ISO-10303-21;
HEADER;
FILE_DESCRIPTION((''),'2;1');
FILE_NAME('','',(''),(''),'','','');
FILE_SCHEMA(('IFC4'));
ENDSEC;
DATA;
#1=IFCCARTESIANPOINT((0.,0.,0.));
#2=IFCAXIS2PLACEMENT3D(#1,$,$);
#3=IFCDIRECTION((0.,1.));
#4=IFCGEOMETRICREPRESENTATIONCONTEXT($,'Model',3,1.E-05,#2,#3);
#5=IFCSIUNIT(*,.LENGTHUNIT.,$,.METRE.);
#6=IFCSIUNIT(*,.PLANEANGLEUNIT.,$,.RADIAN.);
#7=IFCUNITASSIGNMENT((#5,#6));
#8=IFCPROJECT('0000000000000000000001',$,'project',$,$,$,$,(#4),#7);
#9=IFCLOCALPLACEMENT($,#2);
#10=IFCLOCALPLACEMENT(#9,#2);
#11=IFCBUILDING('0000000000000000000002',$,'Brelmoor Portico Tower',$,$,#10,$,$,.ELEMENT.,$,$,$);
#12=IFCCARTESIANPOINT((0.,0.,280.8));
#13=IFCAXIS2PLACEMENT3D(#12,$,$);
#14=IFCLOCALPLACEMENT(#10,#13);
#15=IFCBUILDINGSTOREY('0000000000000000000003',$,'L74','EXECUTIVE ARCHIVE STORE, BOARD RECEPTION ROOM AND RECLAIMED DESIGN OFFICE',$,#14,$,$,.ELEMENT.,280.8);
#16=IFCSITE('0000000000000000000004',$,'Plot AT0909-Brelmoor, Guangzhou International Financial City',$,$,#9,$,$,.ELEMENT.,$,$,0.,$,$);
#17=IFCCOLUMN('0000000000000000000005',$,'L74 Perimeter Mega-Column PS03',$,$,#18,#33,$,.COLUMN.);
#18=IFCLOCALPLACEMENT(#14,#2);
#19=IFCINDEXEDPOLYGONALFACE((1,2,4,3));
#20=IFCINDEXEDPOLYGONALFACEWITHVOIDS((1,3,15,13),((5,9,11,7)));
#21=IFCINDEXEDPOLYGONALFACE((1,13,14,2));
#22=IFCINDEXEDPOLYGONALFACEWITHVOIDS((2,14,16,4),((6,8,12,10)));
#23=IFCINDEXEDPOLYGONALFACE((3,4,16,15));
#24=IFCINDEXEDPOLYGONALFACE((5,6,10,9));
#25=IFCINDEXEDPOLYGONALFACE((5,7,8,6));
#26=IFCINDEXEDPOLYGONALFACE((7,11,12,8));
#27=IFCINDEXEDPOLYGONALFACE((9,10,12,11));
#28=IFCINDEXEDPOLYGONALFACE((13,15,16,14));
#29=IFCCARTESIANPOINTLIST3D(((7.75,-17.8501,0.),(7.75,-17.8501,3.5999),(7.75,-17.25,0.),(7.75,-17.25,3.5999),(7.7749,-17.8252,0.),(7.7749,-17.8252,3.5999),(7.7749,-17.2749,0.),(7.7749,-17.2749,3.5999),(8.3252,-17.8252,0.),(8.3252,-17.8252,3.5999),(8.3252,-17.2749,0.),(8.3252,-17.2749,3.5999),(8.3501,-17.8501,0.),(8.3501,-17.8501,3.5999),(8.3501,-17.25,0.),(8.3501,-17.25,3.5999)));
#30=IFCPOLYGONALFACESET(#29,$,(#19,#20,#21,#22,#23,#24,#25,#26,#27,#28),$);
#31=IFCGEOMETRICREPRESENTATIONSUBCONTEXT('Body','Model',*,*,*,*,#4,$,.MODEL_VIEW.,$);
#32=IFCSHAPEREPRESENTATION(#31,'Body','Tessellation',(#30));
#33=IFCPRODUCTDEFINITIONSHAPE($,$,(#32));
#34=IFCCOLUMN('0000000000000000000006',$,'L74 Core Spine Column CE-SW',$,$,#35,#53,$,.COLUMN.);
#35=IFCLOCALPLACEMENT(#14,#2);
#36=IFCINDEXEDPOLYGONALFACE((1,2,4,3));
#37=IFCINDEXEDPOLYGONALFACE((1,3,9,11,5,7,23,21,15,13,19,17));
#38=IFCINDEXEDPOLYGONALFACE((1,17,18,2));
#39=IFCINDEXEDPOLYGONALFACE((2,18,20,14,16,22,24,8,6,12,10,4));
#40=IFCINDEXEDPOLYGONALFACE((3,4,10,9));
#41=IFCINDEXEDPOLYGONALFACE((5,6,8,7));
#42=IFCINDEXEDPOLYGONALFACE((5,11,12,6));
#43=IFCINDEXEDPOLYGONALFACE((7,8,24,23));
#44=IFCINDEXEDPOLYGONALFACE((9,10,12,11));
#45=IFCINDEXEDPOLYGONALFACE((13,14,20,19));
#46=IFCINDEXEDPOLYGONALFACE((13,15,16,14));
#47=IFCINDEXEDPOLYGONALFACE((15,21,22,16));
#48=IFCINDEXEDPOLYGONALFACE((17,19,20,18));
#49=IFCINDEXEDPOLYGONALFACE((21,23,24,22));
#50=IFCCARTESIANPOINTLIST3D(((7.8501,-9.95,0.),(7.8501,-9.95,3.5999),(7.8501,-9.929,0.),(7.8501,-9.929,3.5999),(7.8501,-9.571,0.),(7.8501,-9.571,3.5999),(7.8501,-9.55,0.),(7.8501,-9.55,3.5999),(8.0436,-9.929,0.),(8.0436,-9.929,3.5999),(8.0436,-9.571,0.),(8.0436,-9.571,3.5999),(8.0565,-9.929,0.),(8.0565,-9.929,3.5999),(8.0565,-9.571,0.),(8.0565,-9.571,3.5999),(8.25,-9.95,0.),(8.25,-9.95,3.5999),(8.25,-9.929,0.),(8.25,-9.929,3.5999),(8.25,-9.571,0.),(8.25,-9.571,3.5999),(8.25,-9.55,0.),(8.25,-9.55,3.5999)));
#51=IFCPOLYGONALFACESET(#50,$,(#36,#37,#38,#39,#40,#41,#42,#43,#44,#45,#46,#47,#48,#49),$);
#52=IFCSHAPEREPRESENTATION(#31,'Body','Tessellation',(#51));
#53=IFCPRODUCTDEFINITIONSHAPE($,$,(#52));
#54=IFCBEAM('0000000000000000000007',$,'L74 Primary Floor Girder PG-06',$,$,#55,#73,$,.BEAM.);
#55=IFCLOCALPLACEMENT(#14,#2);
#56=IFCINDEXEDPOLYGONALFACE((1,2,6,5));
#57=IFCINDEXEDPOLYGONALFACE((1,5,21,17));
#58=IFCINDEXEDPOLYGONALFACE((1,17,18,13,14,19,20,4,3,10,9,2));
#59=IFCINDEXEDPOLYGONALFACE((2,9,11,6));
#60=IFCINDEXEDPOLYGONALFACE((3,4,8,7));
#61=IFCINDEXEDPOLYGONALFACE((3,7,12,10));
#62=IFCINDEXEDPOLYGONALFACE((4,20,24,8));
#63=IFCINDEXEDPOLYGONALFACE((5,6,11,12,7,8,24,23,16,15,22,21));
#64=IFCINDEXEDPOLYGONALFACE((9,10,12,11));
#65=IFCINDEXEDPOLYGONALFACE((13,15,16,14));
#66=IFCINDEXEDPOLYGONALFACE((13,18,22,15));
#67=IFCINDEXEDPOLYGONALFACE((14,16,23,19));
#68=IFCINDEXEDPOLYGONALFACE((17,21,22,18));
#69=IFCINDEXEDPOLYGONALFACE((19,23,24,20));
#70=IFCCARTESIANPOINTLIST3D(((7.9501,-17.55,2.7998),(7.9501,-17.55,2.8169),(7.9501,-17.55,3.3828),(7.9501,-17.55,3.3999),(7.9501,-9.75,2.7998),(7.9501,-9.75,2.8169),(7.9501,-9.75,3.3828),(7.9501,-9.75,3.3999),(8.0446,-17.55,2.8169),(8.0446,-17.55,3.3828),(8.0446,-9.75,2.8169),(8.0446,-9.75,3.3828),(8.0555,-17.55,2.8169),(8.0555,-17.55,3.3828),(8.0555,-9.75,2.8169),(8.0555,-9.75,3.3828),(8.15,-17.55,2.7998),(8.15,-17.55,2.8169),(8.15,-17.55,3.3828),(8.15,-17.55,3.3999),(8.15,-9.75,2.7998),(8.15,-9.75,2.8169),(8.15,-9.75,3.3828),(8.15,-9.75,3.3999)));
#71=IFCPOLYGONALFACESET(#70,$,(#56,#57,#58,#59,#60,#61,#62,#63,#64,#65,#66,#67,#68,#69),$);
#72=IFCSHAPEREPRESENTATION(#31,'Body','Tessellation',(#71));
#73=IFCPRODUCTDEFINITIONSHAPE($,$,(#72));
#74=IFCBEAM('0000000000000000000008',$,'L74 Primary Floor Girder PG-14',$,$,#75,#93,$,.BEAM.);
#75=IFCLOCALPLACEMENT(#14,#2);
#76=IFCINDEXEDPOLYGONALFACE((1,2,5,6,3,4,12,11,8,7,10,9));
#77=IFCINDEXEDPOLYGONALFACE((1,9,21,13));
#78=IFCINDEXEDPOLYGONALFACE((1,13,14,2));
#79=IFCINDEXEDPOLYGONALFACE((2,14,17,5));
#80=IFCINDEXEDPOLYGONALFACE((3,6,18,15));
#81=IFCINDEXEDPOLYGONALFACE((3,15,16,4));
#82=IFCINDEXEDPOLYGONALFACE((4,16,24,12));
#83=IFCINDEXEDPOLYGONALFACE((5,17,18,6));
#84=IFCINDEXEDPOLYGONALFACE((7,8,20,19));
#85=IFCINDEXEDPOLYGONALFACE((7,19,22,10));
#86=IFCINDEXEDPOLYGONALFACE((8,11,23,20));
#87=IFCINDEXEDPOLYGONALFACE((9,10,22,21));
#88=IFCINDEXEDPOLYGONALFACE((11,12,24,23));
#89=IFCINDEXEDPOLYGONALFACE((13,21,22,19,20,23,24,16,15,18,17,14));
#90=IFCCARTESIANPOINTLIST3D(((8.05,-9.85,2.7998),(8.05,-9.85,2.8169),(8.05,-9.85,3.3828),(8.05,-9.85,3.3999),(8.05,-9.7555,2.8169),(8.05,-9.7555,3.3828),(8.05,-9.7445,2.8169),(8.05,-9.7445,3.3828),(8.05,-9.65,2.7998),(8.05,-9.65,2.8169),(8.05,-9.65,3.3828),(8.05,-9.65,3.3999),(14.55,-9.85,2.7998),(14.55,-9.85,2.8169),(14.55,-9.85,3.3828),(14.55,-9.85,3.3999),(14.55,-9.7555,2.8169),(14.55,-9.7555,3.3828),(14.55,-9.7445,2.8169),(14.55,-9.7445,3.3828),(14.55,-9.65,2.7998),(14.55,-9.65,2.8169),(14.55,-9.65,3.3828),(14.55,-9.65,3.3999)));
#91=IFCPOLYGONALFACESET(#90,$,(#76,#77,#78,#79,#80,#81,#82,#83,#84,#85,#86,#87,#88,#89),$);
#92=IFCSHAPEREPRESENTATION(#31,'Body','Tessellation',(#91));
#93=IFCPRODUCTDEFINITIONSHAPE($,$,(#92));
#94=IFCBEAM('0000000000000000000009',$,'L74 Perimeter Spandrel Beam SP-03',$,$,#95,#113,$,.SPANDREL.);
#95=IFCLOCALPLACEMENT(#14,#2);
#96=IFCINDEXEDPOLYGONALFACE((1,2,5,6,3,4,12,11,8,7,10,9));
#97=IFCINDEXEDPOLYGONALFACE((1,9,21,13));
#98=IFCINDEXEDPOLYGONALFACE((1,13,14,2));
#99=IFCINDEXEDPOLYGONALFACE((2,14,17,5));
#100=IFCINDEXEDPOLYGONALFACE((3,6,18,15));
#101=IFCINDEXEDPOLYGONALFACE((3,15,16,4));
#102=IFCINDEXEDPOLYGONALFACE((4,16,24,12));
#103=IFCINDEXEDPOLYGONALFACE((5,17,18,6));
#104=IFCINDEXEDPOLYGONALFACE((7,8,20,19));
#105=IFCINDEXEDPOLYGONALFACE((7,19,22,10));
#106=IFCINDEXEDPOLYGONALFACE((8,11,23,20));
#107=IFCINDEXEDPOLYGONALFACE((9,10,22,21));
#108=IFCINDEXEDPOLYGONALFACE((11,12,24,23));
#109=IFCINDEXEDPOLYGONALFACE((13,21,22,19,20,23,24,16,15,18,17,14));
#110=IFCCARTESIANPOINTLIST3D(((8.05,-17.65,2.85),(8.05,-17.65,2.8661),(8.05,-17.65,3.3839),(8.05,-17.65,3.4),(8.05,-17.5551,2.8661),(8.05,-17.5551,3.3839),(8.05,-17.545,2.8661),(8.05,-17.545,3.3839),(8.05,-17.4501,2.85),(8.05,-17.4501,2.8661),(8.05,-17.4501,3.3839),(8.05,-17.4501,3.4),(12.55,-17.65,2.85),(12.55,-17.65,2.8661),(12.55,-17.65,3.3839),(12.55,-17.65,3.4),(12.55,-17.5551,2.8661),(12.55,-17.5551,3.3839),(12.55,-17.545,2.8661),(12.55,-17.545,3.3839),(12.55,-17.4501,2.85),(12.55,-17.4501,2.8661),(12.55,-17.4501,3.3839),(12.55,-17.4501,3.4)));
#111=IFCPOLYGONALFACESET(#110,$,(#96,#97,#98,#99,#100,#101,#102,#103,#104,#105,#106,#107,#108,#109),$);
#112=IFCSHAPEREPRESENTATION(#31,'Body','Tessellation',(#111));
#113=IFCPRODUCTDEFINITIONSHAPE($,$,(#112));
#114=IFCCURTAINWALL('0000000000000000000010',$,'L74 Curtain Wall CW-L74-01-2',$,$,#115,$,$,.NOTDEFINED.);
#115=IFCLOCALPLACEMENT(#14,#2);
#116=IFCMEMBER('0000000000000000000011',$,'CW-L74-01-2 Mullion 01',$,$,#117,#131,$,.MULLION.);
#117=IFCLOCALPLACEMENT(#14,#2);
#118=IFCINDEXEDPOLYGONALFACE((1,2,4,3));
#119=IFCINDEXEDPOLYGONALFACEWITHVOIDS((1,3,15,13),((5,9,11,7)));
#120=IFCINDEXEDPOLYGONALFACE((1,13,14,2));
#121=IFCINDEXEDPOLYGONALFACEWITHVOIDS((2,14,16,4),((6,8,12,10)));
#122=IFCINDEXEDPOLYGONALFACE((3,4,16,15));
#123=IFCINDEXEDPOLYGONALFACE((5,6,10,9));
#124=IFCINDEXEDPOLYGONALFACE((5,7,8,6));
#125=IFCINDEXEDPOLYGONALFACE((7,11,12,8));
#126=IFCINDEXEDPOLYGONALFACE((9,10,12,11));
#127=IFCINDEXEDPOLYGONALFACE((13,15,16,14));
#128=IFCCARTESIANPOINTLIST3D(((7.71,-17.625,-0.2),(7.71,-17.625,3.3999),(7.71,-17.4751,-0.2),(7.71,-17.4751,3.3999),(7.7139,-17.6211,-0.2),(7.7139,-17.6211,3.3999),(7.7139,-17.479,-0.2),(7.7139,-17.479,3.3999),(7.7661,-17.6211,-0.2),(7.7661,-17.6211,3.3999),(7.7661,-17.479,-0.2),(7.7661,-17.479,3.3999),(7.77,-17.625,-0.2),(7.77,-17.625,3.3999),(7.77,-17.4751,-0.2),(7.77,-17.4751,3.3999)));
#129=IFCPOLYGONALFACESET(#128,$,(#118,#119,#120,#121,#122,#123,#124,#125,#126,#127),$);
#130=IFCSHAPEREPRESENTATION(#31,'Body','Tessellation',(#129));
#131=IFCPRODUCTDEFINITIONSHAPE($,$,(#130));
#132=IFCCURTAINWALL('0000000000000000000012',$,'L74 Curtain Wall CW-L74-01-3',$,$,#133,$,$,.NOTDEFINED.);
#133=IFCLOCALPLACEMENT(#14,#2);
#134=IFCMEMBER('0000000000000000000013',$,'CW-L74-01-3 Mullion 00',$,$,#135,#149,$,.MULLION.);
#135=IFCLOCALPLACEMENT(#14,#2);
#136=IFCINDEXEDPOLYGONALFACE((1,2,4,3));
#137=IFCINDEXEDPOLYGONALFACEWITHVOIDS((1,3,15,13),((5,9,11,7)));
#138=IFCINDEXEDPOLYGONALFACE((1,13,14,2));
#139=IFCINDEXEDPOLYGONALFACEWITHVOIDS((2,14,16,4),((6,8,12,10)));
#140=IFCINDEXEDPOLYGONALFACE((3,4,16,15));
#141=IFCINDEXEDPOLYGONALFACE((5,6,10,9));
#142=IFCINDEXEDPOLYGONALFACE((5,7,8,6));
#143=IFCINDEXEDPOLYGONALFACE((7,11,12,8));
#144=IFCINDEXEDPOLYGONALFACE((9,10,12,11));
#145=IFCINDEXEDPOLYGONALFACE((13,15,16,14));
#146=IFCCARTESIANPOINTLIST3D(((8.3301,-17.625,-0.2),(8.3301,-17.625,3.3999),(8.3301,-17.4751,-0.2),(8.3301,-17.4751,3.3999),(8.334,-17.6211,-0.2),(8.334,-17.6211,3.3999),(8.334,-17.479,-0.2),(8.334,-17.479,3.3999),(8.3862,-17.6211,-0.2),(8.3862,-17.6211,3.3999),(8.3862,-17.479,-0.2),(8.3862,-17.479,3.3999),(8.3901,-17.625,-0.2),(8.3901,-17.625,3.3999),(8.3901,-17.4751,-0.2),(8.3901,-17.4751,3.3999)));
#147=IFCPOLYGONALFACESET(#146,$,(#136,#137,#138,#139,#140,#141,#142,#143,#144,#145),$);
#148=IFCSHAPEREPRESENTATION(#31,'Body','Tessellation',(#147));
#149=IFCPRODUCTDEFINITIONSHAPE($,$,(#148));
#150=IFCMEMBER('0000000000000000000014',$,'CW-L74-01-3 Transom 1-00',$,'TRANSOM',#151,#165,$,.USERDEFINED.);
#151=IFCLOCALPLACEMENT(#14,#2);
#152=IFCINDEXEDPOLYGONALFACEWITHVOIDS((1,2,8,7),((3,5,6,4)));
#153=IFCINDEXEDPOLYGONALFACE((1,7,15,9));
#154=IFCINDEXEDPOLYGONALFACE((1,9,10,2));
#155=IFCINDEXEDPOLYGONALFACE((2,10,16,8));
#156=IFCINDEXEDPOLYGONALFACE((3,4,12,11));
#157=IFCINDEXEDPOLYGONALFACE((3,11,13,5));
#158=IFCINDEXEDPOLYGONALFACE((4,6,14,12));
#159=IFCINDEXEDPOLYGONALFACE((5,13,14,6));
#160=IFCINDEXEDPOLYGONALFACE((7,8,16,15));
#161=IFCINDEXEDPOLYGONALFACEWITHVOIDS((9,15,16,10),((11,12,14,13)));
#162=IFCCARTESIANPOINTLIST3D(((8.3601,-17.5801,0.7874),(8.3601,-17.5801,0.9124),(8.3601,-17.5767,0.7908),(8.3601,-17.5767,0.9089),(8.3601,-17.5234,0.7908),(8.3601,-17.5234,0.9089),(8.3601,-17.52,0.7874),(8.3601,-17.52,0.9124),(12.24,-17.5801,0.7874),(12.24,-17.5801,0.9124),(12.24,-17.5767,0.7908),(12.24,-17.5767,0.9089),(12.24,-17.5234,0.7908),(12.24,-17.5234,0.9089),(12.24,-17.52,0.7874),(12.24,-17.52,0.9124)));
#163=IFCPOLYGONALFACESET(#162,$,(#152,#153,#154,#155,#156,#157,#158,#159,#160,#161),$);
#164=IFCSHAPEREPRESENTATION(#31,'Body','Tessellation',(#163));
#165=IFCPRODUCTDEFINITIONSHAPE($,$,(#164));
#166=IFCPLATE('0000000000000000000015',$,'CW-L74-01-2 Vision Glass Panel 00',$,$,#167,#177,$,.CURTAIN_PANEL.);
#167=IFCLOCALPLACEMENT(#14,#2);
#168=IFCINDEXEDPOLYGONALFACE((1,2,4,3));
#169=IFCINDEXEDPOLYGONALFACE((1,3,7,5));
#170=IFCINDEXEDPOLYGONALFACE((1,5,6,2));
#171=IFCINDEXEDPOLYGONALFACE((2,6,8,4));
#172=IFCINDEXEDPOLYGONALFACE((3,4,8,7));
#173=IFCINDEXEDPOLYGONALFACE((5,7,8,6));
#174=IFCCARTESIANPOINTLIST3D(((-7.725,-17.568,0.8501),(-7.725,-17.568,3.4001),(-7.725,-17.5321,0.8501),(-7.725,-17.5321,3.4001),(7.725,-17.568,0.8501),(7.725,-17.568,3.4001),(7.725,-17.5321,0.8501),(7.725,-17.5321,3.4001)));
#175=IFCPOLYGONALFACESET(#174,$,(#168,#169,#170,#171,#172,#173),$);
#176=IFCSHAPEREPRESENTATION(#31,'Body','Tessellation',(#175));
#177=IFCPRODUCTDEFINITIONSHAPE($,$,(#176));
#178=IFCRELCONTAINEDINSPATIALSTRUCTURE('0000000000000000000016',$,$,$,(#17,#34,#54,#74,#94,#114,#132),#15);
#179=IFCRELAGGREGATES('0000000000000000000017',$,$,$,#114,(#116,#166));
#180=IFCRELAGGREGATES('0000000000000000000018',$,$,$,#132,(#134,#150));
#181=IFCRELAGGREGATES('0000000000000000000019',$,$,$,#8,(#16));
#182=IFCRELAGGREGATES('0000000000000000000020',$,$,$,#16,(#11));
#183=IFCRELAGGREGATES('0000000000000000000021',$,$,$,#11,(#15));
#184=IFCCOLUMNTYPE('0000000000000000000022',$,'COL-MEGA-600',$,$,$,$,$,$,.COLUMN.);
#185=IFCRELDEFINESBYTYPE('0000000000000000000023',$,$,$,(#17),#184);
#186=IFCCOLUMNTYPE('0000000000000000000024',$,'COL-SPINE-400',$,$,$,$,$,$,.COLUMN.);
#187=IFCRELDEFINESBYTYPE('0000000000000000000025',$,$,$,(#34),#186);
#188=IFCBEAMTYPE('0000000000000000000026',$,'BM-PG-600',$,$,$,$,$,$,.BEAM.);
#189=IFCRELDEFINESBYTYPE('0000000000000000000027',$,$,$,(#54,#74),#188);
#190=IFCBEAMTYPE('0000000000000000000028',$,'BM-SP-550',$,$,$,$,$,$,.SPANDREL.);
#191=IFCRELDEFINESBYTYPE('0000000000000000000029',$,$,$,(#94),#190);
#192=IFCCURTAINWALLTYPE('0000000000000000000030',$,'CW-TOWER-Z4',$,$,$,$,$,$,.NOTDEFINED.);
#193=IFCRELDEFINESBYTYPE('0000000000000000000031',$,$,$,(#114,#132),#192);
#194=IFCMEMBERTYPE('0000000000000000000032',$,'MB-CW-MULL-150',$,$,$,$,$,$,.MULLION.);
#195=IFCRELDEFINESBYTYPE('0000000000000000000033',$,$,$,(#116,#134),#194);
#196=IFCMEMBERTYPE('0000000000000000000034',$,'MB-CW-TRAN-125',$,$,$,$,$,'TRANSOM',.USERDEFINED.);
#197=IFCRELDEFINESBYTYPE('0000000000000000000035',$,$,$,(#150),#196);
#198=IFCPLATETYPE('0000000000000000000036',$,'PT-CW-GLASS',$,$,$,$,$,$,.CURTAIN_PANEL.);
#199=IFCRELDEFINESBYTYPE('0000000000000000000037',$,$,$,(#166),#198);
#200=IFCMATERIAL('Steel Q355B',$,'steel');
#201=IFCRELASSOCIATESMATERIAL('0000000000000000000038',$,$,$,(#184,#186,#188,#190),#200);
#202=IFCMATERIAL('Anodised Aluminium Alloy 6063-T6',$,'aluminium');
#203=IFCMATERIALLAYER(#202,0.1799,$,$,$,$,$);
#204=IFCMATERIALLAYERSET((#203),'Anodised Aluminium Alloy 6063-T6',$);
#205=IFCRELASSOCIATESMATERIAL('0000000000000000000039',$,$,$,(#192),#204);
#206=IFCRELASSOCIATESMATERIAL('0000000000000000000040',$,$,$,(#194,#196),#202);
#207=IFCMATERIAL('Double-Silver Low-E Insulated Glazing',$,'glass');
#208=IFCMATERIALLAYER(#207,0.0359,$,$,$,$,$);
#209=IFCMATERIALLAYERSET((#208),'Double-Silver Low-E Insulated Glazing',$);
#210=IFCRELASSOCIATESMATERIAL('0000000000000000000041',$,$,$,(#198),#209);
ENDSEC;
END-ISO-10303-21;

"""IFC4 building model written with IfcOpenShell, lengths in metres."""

from ifc_helpers import new_model, si_unit, direction, frame, origin, origin_2d, place, context, subcontext, project, spatial, rectangle, hollow_rectangle, i_section, extrude, material, layer, layer_set, material_profile, profile_set, type_object, element, aggregate, save


model = new_model("IFC4")

# Units and contexts
model_context = context("Model", 3, precision=1e-05, world=origin(), true_north=direction((0.0, 1.0)))
body_context = subcontext(model_context, "Body", "Model", "MODEL_VIEW")
ifc_project = project(units=[si_unit("LENGTHUNIT", "METRE"), si_unit("PLANEANGLEUNIT", "RADIAN")], contexts=[model_context])

# Site, building, storey
site_placement = place(None, origin())
site = spatial("IfcSite", under=ifc_project, at=site_placement, Name="Plot AT0909-Brelmoor, Guangzhou International Financial City", CompositionType="ELEMENT", RefElevation=0.0)
building_placement = place(site_placement, origin())
building = spatial("IfcBuilding", under=site, at=building_placement, Name="Brelmoor Portico Tower", CompositionType="ELEMENT")
storey_placement = place(building_placement, frame((0.0, 0.0, 280.8)))
storey = spatial("IfcBuildingStorey", under=building, at=storey_placement, Name="L74", Description="EXECUTIVE ARCHIVE STORE, BOARD RECEPTION ROOM AND RECLAIMED DESIGN OFFICE", CompositionType="ELEMENT", Elevation=280.8)

# Columns
ifc_material_1 = material(Name="Steel Q355B", Category="steel")
ifc_material_profile_1 = material_profile(ifc_material_1, hollow_rectangle(XDim=0.6001, YDim=0.6001, WallThickness=0.0249, at=origin_2d()), Name="BOX 600x600x25")
ifc_profile_set_1 = profile_set([ifc_material_profile_1], Name="Steel Q355B")
column_type_1 = type_object("IfcColumnType", Name="COL-MEGA-600", PredefinedType="COLUMN", material=ifc_profile_set_1)
column_1_placement = place(storey_placement, frame((8.05, -17.55, 0.0), z_axis=(0.0, 0.0, 1.0), x_axis=(1.0, 0.0, 0.0)))
element("IfcColumn", 1, at=column_1_placement, inside=storey, type_object=column_type_1, Name="L74 Perimeter Mega-Column PS03", PredefinedType="COLUMN", context=body_context, shape_type="SweptSolid", body=[
    extrude(hollow_rectangle(XDim=0.6001, YDim=0.6001, WallThickness=0.0249, at=origin_2d()), origin(), (0.0, 0.0, 1.0), 3.5999),
])
ifc_material_profile_2 = material_profile(ifc_material_1, i_section(OverallWidth=0.3999, OverallDepth=0.3999, WebThickness=0.0129, FlangeThickness=0.021, at=origin_2d()), Name="HW 400x400x13x21")
ifc_profile_set_2 = profile_set([ifc_material_profile_2], Name="Steel Q355B")
column_type_2 = type_object("IfcColumnType", Name="COL-SPINE-400", PredefinedType="COLUMN", material=ifc_profile_set_2)
column_2_placement = place(storey_placement, frame((8.05, -9.75, 0.0), z_axis=(0.0, 0.0, 1.0), x_axis=(1.0, 0.0, 0.0)))
element("IfcColumn", 2, at=column_2_placement, inside=storey, type_object=column_type_2, Name="L74 Core Spine Column CE-SW", PredefinedType="COLUMN", context=body_context, shape_type="SweptSolid", body=[
    extrude(i_section(OverallWidth=0.3999, OverallDepth=0.3999, WebThickness=0.0129, FlangeThickness=0.021, at=origin_2d()), origin(), (0.0, 0.0, 1.0), 3.5999),
])

# Beams
ifc_material_profile_3 = material_profile(ifc_material_1, i_section(OverallWidth=0.2, OverallDepth=0.6001, WebThickness=0.011, FlangeThickness=0.0171, at=origin_2d()), Name="HN 600x200x11x17")
ifc_profile_set_3 = profile_set([ifc_material_profile_3], Name="Steel Q355B")
beam_type_1 = type_object("IfcBeamType", Name="BM-PG-600", PredefinedType="BEAM", material=ifc_profile_set_3)
beam_1_placement = place(storey_placement, frame((8.05, -17.55, 3.0999), z_axis=(0.0, 1.0, 0.0), x_axis=(-1.0, 0.0, 0.0)))
element("IfcBeam", 3, at=beam_1_placement, inside=storey, type_object=beam_type_1, Name="L74 Primary Floor Girder PG-06", PredefinedType="BEAM", context=body_context, shape_type="SweptSolid", body=[
    extrude(i_section(OverallWidth=0.2, OverallDepth=0.6001, WebThickness=0.011, FlangeThickness=0.0171, at=origin_2d()), origin(), (0.0, 0.0, 1.0), 7.8),
])
beam_2_placement = place(storey_placement, frame((8.05, -9.75, 3.0999), z_axis=(1.0, 0.0, 0.0), x_axis=(0.0, 1.0, 0.0)))
element("IfcBeam", 4, at=beam_2_placement, inside=storey, type_object=beam_type_1, Name="L74 Primary Floor Girder PG-14", PredefinedType="BEAM", context=body_context, shape_type="SweptSolid", body=[
    extrude(i_section(OverallWidth=0.2, OverallDepth=0.6001, WebThickness=0.011, FlangeThickness=0.0171, at=origin_2d()), origin(), (0.0, 0.0, 1.0), 6.5),
])
ifc_material_profile_4 = material_profile(ifc_material_1, i_section(OverallWidth=0.2, OverallDepth=0.55, WebThickness=0.01, FlangeThickness=0.0161, at=origin_2d()), Name="HN 550x200x10x16")
ifc_profile_set_4 = profile_set([ifc_material_profile_4], Name="Steel Q355B")
beam_type_2 = type_object("IfcBeamType", Name="BM-SP-550", PredefinedType="SPANDREL", material=ifc_profile_set_4)
beam_3_placement = place(storey_placement, frame((8.05, -17.55, 3.125), z_axis=(1.0, 0.0, 0.0), x_axis=(0.0, 1.0, 0.0)))
element("IfcBeam", 5, at=beam_3_placement, inside=storey, type_object=beam_type_2, Name="L74 Perimeter Spandrel Beam SP-03", PredefinedType="SPANDREL", context=body_context, shape_type="SweptSolid", body=[
    extrude(i_section(OverallWidth=0.2, OverallDepth=0.55, WebThickness=0.01, FlangeThickness=0.0161, at=origin_2d()), origin(), (0.0, 0.0, 1.0), 4.5),
])

# Curtain wall, member
ifc_material_2 = material(Name="Anodised Aluminium Alloy 6063-T6", Category="aluminium")
ifc_layer_1 = layer(ifc_material_2, 0.1799)
ifc_layer_set_1 = layer_set([ifc_layer_1], Name="Anodised Aluminium Alloy 6063-T6")
curtain_wall_type = type_object("IfcCurtainWallType", Name="CW-TOWER-Z4", PredefinedType="NOTDEFINED", material=ifc_layer_set_1)
curtain_wall_1_placement = place(storey_placement, origin())
curtain_wall_1 = element("IfcCurtainWall", 6, at=curtain_wall_1_placement, inside=storey, type_object=curtain_wall_type, Name="L74 Curtain Wall CW-L74-01-2", PredefinedType="NOTDEFINED")
ifc_material_profile_5 = material_profile(ifc_material_2, hollow_rectangle(XDim=0.0601, YDim=0.1499, WallThickness=0.0039, at=origin_2d()), Name="ALU MULLION 60x150")
ifc_profile_set_5 = profile_set([ifc_material_profile_5], Name="Anodised Aluminium Alloy 6063-T6")
member_type_1 = type_object("IfcMemberType", Name="MB-CW-MULL-150", PredefinedType="MULLION", material=ifc_profile_set_5)
member_1_placement = place(storey_placement, frame((7.74, -17.55, -0.2), z_axis=(0.0, 0.0, 1.0), x_axis=(1.0, 0.0, 0.0)))
member_1 = element("IfcMember", 7, at=member_1_placement, type_object=member_type_1, Name="CW-L74-01-2 Mullion 01", PredefinedType="MULLION", context=body_context, shape_type="SweptSolid", body=[
    extrude(hollow_rectangle(XDim=0.0601, YDim=0.1499, WallThickness=0.0039, at=origin_2d()), origin(), (0.0, 0.0, 1.0), 3.5999),
])

# Curtain wall, members
curtain_wall_2_placement = place(storey_placement, origin())
curtain_wall_2 = element("IfcCurtainWall", 8, at=curtain_wall_2_placement, inside=storey, type_object=curtain_wall_type, Name="L74 Curtain Wall CW-L74-01-3", PredefinedType="NOTDEFINED")
member_2_placement = place(storey_placement, frame((8.3601, -17.55, -0.2), z_axis=(0.0, 0.0, 1.0), x_axis=(1.0, 0.0, 0.0)))
member_2 = element("IfcMember", 9, at=member_2_placement, type_object=member_type_1, Name="CW-L74-01-3 Mullion 00", PredefinedType="MULLION", context=body_context, shape_type="SweptSolid", body=[
    extrude(hollow_rectangle(XDim=0.0601, YDim=0.1499, WallThickness=0.0039, at=origin_2d()), origin(), (0.0, 0.0, 1.0), 3.5999),
])
ifc_material_profile_6 = material_profile(ifc_material_2, hollow_rectangle(XDim=0.0601, YDim=0.125, WallThickness=0.0034, at=origin_2d()), Name="ALU TRANSOM 60x125")
ifc_profile_set_6 = profile_set([ifc_material_profile_6], Name="Anodised Aluminium Alloy 6063-T6")
member_type_2 = type_object("IfcMemberType", Name="MB-CW-TRAN-125", ElementType="TRANSOM", PredefinedType="USERDEFINED", material=ifc_profile_set_6)
member_3_placement = place(storey_placement, frame((8.3601, -17.55, 0.8499), z_axis=(1.0, 0.0, 0.0), x_axis=(0.0, 1.0, 0.0)))
member_3 = element("IfcMember", 10, at=member_3_placement, type_object=member_type_2, Name="CW-L74-01-3 Transom 1-00", ObjectType="TRANSOM", PredefinedType="USERDEFINED", context=body_context, shape_type="SweptSolid", body=[
    extrude(hollow_rectangle(XDim=0.0601, YDim=0.125, WallThickness=0.0034, at=origin_2d()), origin(), (0.0, 0.0, 1.0), 3.8799),
])

# Plate
ifc_material_3 = material(Name="Double-Silver Low-E Insulated Glazing", Category="glass")
ifc_layer_2 = layer(ifc_material_3, 0.0359)
ifc_layer_set_2 = layer_set([ifc_layer_2], Name="Double-Silver Low-E Insulated Glazing")
plate_type_1 = type_object("IfcPlateType", Name="PT-CW-GLASS", PredefinedType="CURTAIN_PANEL", material=ifc_layer_set_2)
plate_1_placement = place(storey_placement, frame((0.0, -17.55, 0.8501), z_axis=(0.0, 0.0, 1.0), x_axis=(1.0, 0.0, 0.0)))
plate_1 = element("IfcPlate", 11, at=plate_1_placement, type_object=plate_type_1, Name="CW-L74-01-2 Vision Glass Panel 00", PredefinedType="CURTAIN_PANEL", context=body_context, shape_type="SweptSolid", body=[
    extrude(rectangle(XDim=15.45, YDim=0.0359, at=origin_2d()), origin(), (0.0, 0.0, 1.0), 2.55),
])
aggregate(curtain_wall_1, [member_1, plate_1])
aggregate(curtain_wall_2, [member_2, member_3])

save(model, "model.ifc")
